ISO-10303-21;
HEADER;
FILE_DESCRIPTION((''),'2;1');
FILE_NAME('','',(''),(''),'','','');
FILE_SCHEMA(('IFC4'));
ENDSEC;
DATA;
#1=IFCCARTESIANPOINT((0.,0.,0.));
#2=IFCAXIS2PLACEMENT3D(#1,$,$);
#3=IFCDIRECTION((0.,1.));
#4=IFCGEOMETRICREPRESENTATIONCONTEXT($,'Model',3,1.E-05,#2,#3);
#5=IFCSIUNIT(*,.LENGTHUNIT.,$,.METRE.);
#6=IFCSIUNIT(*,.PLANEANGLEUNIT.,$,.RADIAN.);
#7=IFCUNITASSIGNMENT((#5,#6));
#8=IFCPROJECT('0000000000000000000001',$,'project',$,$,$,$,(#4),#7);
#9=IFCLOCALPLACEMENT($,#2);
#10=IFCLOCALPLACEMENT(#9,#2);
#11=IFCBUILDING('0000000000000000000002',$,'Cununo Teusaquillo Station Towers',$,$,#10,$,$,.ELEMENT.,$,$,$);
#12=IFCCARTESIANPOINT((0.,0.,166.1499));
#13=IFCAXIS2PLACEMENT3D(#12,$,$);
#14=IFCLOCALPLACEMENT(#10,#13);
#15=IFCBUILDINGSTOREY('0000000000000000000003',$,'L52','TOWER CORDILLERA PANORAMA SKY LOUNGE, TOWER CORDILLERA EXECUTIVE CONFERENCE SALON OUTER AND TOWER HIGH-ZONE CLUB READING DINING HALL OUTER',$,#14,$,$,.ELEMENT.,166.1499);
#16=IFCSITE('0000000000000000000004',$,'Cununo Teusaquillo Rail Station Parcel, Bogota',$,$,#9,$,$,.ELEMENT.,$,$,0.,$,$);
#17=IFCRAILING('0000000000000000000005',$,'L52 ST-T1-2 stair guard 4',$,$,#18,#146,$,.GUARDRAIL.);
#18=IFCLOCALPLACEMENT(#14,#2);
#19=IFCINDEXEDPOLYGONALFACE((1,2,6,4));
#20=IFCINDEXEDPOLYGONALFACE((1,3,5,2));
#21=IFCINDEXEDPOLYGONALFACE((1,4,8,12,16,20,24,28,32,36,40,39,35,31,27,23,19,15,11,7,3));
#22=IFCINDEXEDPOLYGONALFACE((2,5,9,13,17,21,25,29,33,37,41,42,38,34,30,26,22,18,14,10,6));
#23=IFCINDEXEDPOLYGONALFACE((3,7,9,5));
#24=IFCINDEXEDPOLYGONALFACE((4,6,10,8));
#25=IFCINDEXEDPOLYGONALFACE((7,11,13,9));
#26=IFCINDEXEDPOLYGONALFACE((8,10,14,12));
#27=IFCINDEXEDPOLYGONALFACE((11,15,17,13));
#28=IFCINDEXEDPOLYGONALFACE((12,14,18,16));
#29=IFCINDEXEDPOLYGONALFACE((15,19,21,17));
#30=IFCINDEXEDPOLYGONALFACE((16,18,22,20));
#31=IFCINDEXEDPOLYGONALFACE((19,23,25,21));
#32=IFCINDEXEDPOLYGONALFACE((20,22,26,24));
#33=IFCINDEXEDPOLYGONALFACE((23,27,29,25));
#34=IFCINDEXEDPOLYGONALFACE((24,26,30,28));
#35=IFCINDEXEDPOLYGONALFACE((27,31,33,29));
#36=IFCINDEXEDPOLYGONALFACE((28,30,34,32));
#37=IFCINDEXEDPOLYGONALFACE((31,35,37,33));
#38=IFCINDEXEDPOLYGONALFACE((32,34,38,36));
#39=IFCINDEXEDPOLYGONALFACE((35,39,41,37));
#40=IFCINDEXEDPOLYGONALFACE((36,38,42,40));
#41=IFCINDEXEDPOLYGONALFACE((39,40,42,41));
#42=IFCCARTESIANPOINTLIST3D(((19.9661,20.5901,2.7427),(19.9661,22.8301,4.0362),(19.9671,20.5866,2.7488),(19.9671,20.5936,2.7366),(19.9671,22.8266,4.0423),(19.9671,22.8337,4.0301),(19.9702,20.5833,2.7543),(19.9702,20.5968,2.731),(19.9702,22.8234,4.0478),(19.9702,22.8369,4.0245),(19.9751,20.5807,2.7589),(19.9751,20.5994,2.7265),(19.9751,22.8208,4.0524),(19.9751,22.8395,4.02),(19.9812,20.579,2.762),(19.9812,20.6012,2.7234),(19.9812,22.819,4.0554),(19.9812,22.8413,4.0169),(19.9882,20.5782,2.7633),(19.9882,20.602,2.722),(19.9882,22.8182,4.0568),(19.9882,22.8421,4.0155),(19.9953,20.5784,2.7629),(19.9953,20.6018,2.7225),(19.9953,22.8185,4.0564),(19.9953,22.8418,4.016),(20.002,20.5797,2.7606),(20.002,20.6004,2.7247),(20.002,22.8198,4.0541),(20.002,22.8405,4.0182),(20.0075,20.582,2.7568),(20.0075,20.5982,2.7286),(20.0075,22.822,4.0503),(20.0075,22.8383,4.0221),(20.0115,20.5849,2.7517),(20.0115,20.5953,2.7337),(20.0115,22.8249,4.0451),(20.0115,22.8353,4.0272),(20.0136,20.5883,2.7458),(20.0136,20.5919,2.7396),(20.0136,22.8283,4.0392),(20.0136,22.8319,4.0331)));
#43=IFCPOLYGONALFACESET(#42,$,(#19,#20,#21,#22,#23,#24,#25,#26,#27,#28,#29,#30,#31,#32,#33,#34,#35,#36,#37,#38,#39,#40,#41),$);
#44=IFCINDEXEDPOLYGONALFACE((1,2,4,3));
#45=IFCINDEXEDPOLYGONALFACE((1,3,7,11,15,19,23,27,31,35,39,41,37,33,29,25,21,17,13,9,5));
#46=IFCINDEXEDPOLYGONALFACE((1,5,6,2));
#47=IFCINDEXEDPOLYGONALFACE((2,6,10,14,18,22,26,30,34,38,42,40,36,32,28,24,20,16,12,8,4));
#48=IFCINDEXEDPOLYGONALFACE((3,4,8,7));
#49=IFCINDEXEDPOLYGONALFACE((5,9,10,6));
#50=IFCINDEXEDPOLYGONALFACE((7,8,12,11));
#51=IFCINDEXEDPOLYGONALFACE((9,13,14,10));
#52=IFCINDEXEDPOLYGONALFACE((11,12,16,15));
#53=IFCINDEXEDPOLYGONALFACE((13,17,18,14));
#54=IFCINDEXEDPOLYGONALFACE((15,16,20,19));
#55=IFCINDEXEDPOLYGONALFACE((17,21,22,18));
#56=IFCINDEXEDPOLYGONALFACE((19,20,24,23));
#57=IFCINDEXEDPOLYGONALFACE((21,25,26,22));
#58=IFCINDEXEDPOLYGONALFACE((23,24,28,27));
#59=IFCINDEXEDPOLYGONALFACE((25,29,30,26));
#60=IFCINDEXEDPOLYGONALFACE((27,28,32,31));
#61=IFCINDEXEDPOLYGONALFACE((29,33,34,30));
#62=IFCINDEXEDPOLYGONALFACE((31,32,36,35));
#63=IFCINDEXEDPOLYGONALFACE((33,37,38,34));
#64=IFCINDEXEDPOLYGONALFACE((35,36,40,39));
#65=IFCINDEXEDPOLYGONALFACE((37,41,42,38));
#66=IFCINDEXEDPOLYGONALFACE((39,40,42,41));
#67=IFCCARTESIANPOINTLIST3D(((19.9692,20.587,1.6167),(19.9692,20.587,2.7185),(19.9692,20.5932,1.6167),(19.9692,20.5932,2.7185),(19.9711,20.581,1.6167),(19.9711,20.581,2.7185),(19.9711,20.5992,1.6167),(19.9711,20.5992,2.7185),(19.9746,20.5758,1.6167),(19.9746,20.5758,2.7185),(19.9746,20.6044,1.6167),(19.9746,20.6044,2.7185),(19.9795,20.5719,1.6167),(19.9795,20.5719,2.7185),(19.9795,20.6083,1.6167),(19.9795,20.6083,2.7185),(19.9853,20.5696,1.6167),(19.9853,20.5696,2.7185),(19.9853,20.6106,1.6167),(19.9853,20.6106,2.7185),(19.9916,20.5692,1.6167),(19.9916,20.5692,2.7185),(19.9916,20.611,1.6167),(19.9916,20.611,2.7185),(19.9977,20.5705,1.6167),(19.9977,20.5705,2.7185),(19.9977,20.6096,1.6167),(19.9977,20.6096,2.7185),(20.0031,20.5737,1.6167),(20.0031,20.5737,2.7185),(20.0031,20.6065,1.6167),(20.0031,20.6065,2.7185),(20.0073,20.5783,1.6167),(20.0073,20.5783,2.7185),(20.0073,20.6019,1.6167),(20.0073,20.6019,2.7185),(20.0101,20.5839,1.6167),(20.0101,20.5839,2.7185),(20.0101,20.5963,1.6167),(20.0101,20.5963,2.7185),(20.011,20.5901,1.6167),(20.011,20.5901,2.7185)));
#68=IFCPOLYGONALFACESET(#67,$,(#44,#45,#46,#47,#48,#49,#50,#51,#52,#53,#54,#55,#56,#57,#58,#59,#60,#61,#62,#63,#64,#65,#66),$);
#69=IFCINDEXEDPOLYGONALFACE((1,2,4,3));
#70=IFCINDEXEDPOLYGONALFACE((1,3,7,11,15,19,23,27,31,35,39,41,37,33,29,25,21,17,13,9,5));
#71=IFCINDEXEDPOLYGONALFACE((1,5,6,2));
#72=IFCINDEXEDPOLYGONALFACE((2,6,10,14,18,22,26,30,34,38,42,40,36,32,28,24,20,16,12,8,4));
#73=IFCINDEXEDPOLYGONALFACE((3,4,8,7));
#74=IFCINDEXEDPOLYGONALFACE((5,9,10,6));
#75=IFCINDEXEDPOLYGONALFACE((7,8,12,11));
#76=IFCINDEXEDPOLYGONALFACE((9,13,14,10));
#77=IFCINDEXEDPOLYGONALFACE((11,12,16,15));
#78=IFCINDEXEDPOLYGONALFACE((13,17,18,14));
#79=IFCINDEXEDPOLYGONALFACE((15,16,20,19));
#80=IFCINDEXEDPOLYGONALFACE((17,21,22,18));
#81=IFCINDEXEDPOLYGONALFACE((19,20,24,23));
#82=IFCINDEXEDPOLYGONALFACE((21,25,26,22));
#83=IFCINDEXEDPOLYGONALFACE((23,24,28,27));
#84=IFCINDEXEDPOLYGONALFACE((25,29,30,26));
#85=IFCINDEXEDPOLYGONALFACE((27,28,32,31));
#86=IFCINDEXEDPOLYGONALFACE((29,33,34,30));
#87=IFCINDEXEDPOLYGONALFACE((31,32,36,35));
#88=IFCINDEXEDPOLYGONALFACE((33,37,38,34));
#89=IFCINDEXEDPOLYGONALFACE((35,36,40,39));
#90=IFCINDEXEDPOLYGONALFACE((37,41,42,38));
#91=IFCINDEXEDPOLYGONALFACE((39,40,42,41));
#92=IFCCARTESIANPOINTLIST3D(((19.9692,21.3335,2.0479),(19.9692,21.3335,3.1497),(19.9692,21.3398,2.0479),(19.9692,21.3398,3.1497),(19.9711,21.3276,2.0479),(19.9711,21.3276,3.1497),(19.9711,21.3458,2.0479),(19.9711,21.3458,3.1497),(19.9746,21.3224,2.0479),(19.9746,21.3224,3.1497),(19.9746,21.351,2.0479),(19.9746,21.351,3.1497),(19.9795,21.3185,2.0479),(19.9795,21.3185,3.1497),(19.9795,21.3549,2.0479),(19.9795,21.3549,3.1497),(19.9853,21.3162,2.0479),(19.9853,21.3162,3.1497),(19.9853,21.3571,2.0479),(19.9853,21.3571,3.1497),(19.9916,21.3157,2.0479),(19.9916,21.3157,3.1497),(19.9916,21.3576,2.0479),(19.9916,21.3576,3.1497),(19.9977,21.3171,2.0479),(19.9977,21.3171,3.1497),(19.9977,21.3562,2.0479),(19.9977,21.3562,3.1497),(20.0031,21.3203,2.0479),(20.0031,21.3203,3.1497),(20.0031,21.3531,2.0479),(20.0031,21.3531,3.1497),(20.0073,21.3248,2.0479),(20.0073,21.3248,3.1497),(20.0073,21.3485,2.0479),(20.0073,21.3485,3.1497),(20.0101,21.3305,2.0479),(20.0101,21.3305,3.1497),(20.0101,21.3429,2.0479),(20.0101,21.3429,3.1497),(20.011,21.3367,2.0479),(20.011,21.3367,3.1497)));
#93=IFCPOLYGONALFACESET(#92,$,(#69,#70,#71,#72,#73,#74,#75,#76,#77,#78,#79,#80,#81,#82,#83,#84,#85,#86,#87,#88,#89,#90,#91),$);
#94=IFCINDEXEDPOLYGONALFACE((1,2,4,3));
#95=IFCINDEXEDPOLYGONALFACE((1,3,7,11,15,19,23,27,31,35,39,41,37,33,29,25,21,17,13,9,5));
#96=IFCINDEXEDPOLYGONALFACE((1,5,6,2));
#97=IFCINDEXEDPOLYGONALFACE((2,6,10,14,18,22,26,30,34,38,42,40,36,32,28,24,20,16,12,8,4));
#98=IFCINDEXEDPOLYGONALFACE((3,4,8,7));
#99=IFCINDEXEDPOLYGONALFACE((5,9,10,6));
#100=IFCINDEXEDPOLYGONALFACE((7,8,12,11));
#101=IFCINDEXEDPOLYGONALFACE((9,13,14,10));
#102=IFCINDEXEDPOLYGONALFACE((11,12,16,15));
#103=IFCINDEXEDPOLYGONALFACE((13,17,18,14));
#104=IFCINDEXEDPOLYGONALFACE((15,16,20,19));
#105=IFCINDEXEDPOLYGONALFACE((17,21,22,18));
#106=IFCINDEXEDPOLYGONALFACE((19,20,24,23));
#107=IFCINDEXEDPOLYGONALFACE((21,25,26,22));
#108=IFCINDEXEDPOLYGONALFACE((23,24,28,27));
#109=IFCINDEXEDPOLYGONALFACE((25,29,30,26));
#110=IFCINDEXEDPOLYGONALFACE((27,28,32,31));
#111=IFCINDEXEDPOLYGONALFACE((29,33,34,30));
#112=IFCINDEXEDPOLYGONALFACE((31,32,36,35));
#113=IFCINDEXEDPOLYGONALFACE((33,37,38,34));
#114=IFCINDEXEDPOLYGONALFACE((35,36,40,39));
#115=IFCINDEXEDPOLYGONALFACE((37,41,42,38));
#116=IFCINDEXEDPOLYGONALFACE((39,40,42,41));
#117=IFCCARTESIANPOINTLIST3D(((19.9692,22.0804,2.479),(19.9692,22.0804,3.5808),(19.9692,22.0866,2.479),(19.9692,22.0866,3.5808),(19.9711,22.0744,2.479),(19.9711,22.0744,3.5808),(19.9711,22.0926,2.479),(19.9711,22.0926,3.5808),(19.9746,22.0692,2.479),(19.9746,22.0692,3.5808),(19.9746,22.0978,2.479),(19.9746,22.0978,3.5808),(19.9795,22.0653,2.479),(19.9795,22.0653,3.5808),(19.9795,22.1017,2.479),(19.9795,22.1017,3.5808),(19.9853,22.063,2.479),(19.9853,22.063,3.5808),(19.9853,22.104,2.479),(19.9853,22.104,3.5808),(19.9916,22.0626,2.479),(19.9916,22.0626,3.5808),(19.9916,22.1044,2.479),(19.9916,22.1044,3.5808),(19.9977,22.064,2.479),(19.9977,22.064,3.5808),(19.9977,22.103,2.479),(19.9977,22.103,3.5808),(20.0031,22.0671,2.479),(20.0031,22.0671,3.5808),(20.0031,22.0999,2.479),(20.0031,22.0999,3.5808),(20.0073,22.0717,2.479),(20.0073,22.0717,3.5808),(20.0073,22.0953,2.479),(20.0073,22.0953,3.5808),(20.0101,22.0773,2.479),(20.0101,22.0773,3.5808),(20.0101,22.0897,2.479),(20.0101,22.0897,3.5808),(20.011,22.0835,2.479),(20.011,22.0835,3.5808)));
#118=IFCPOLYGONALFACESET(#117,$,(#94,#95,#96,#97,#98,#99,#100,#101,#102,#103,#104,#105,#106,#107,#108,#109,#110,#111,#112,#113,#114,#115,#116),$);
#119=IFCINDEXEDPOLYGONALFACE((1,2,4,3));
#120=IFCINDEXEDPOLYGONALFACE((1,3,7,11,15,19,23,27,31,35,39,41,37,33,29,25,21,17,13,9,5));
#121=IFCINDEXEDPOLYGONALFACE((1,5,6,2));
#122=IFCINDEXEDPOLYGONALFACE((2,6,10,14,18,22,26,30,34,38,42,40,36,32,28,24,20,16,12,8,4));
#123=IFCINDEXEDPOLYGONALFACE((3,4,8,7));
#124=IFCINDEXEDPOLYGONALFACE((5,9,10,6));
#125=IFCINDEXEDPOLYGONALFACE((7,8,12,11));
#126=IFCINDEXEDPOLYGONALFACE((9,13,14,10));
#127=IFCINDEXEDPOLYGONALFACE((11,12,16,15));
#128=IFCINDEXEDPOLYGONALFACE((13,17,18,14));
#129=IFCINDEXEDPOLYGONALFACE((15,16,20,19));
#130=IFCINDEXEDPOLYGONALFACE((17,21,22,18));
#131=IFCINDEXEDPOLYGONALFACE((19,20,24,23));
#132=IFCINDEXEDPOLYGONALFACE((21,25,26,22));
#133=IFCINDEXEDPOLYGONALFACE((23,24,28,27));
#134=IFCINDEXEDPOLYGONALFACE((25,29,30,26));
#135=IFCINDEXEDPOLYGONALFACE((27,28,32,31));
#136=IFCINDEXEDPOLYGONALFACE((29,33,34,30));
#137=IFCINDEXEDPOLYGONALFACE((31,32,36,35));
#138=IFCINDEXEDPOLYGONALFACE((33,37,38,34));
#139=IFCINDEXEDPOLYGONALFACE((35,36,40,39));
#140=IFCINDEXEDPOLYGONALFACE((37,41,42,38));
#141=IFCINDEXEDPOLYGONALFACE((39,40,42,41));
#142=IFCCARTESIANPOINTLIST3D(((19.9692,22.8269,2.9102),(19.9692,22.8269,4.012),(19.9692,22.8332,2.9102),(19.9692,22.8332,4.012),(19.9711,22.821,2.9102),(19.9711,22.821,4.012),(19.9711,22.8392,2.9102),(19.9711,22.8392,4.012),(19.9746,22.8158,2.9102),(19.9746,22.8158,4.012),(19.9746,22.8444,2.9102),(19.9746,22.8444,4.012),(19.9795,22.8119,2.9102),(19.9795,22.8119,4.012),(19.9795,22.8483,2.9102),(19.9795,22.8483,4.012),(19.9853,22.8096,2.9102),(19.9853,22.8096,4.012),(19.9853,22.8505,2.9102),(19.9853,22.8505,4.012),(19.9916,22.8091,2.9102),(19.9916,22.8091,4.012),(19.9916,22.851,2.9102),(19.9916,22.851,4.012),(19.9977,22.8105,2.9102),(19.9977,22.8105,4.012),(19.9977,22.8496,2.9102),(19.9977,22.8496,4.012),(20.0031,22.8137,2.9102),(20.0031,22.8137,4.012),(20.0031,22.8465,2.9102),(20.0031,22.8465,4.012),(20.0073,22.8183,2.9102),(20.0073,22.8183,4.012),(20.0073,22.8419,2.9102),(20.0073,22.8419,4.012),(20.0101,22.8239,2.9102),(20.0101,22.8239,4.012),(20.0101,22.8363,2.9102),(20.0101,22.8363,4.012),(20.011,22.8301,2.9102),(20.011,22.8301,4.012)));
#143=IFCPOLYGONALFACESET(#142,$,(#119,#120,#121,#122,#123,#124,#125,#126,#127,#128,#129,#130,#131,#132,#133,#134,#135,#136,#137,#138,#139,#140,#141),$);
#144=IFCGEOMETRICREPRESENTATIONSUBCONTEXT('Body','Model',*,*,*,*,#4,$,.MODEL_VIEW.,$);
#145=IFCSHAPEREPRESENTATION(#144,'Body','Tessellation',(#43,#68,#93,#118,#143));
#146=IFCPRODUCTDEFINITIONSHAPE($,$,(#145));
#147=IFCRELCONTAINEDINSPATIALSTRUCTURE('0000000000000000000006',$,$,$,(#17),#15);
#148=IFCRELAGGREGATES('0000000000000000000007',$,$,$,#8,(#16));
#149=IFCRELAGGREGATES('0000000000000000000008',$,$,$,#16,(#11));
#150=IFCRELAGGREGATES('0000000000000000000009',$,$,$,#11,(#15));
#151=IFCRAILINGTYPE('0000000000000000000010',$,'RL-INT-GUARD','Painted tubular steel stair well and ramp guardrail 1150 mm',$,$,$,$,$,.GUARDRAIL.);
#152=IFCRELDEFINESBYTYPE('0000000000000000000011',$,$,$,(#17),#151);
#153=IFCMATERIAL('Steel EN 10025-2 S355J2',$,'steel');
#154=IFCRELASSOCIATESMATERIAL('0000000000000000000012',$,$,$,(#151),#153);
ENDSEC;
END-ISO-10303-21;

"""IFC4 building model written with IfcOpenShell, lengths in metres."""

from ifc_helpers import new_model, si_unit, direction, frame, origin, origin_2d, place, context, subcontext, project, spatial, circle, extrude, material, type_object, element, save


model = new_model("IFC4")

# Units and contexts
model_context = context("Model", 3, precision=1e-05, world=origin(), true_north=direction((0.0, 1.0)))
body_context = subcontext(model_context, "Body", "Model", "MODEL_VIEW")
ifc_project = project(units=[si_unit("LENGTHUNIT", "METRE"), si_unit("PLANEANGLEUNIT", "RADIAN")], contexts=[model_context])

# Site, building, storey
site_placement = place(None, origin())
site = spatial("IfcSite", under=ifc_project, at=site_placement, Name="Cununo Teusaquillo Rail Station Parcel, Bogota", CompositionType="ELEMENT", RefElevation=0.0)
building_placement = place(site_placement, origin())
building = spatial("IfcBuilding", under=site, at=building_placement, Name="Cununo Teusaquillo Station Towers", CompositionType="ELEMENT")
storey_placement = place(building_placement, frame((0.0, 0.0, 166.1499)))
storey = spatial("IfcBuildingStorey", under=building, at=storey_placement, Name="L52", Description="TOWER CORDILLERA PANORAMA SKY LOUNGE, TOWER CORDILLERA EXECUTIVE CONFERENCE SALON OUTER AND TOWER HIGH-ZONE CLUB READING DINING HALL OUTER", CompositionType="ELEMENT", Elevation=166.1499)

# Railing
ifc_material_1 = material(Name="Steel EN 10025-2 S355J2", Category="steel")
railing_type_1 = type_object("IfcRailingType", Name="RL-INT-GUARD", Description="Painted tubular steel stair well and ramp guardrail 1150 mm", PredefinedType="GUARDRAIL", material=ifc_material_1)
railing_1_placement = place(storey_placement, frame((19.99, 20.5901, 1.6167)))
element("IfcRailing", 1, at=railing_1_placement, inside=storey, type_object=railing_type_1, Name="L52 ST-T1-2 stair guard 4", PredefinedType="GUARDRAIL", context=body_context, shape_type="SweptSolid", body=[
    extrude(circle(Radius=0.0239, at=origin_2d()), frame((0.0, 0.0, 1.126), z_axis=(0.0, 0.865992, 0.500057), x_axis=(-1.0, 0.0, 0.0)), (0.0, 0.0, 1.0), 2.5867),
    extrude(circle(Radius=0.021, at=origin_2d()), origin(), (0.0, 0.0, 1.0), 1.1018),
    extrude(circle(Radius=0.021, at=origin_2d()), frame((0.0, 0.7466, 0.4312)), (0.0, 0.0, 1.0), 1.1018),
    extrude(circle(Radius=0.021, at=origin_2d()), frame((0.0, 1.4934, 0.8623)), (0.0, 0.0, 1.0), 1.1018),
    extrude(circle(Radius=0.021, at=origin_2d()), frame((0.0, 2.24, 1.2935)), (0.0, 0.0, 1.0), 1.1018),
])

save(model, "model.ifc")
